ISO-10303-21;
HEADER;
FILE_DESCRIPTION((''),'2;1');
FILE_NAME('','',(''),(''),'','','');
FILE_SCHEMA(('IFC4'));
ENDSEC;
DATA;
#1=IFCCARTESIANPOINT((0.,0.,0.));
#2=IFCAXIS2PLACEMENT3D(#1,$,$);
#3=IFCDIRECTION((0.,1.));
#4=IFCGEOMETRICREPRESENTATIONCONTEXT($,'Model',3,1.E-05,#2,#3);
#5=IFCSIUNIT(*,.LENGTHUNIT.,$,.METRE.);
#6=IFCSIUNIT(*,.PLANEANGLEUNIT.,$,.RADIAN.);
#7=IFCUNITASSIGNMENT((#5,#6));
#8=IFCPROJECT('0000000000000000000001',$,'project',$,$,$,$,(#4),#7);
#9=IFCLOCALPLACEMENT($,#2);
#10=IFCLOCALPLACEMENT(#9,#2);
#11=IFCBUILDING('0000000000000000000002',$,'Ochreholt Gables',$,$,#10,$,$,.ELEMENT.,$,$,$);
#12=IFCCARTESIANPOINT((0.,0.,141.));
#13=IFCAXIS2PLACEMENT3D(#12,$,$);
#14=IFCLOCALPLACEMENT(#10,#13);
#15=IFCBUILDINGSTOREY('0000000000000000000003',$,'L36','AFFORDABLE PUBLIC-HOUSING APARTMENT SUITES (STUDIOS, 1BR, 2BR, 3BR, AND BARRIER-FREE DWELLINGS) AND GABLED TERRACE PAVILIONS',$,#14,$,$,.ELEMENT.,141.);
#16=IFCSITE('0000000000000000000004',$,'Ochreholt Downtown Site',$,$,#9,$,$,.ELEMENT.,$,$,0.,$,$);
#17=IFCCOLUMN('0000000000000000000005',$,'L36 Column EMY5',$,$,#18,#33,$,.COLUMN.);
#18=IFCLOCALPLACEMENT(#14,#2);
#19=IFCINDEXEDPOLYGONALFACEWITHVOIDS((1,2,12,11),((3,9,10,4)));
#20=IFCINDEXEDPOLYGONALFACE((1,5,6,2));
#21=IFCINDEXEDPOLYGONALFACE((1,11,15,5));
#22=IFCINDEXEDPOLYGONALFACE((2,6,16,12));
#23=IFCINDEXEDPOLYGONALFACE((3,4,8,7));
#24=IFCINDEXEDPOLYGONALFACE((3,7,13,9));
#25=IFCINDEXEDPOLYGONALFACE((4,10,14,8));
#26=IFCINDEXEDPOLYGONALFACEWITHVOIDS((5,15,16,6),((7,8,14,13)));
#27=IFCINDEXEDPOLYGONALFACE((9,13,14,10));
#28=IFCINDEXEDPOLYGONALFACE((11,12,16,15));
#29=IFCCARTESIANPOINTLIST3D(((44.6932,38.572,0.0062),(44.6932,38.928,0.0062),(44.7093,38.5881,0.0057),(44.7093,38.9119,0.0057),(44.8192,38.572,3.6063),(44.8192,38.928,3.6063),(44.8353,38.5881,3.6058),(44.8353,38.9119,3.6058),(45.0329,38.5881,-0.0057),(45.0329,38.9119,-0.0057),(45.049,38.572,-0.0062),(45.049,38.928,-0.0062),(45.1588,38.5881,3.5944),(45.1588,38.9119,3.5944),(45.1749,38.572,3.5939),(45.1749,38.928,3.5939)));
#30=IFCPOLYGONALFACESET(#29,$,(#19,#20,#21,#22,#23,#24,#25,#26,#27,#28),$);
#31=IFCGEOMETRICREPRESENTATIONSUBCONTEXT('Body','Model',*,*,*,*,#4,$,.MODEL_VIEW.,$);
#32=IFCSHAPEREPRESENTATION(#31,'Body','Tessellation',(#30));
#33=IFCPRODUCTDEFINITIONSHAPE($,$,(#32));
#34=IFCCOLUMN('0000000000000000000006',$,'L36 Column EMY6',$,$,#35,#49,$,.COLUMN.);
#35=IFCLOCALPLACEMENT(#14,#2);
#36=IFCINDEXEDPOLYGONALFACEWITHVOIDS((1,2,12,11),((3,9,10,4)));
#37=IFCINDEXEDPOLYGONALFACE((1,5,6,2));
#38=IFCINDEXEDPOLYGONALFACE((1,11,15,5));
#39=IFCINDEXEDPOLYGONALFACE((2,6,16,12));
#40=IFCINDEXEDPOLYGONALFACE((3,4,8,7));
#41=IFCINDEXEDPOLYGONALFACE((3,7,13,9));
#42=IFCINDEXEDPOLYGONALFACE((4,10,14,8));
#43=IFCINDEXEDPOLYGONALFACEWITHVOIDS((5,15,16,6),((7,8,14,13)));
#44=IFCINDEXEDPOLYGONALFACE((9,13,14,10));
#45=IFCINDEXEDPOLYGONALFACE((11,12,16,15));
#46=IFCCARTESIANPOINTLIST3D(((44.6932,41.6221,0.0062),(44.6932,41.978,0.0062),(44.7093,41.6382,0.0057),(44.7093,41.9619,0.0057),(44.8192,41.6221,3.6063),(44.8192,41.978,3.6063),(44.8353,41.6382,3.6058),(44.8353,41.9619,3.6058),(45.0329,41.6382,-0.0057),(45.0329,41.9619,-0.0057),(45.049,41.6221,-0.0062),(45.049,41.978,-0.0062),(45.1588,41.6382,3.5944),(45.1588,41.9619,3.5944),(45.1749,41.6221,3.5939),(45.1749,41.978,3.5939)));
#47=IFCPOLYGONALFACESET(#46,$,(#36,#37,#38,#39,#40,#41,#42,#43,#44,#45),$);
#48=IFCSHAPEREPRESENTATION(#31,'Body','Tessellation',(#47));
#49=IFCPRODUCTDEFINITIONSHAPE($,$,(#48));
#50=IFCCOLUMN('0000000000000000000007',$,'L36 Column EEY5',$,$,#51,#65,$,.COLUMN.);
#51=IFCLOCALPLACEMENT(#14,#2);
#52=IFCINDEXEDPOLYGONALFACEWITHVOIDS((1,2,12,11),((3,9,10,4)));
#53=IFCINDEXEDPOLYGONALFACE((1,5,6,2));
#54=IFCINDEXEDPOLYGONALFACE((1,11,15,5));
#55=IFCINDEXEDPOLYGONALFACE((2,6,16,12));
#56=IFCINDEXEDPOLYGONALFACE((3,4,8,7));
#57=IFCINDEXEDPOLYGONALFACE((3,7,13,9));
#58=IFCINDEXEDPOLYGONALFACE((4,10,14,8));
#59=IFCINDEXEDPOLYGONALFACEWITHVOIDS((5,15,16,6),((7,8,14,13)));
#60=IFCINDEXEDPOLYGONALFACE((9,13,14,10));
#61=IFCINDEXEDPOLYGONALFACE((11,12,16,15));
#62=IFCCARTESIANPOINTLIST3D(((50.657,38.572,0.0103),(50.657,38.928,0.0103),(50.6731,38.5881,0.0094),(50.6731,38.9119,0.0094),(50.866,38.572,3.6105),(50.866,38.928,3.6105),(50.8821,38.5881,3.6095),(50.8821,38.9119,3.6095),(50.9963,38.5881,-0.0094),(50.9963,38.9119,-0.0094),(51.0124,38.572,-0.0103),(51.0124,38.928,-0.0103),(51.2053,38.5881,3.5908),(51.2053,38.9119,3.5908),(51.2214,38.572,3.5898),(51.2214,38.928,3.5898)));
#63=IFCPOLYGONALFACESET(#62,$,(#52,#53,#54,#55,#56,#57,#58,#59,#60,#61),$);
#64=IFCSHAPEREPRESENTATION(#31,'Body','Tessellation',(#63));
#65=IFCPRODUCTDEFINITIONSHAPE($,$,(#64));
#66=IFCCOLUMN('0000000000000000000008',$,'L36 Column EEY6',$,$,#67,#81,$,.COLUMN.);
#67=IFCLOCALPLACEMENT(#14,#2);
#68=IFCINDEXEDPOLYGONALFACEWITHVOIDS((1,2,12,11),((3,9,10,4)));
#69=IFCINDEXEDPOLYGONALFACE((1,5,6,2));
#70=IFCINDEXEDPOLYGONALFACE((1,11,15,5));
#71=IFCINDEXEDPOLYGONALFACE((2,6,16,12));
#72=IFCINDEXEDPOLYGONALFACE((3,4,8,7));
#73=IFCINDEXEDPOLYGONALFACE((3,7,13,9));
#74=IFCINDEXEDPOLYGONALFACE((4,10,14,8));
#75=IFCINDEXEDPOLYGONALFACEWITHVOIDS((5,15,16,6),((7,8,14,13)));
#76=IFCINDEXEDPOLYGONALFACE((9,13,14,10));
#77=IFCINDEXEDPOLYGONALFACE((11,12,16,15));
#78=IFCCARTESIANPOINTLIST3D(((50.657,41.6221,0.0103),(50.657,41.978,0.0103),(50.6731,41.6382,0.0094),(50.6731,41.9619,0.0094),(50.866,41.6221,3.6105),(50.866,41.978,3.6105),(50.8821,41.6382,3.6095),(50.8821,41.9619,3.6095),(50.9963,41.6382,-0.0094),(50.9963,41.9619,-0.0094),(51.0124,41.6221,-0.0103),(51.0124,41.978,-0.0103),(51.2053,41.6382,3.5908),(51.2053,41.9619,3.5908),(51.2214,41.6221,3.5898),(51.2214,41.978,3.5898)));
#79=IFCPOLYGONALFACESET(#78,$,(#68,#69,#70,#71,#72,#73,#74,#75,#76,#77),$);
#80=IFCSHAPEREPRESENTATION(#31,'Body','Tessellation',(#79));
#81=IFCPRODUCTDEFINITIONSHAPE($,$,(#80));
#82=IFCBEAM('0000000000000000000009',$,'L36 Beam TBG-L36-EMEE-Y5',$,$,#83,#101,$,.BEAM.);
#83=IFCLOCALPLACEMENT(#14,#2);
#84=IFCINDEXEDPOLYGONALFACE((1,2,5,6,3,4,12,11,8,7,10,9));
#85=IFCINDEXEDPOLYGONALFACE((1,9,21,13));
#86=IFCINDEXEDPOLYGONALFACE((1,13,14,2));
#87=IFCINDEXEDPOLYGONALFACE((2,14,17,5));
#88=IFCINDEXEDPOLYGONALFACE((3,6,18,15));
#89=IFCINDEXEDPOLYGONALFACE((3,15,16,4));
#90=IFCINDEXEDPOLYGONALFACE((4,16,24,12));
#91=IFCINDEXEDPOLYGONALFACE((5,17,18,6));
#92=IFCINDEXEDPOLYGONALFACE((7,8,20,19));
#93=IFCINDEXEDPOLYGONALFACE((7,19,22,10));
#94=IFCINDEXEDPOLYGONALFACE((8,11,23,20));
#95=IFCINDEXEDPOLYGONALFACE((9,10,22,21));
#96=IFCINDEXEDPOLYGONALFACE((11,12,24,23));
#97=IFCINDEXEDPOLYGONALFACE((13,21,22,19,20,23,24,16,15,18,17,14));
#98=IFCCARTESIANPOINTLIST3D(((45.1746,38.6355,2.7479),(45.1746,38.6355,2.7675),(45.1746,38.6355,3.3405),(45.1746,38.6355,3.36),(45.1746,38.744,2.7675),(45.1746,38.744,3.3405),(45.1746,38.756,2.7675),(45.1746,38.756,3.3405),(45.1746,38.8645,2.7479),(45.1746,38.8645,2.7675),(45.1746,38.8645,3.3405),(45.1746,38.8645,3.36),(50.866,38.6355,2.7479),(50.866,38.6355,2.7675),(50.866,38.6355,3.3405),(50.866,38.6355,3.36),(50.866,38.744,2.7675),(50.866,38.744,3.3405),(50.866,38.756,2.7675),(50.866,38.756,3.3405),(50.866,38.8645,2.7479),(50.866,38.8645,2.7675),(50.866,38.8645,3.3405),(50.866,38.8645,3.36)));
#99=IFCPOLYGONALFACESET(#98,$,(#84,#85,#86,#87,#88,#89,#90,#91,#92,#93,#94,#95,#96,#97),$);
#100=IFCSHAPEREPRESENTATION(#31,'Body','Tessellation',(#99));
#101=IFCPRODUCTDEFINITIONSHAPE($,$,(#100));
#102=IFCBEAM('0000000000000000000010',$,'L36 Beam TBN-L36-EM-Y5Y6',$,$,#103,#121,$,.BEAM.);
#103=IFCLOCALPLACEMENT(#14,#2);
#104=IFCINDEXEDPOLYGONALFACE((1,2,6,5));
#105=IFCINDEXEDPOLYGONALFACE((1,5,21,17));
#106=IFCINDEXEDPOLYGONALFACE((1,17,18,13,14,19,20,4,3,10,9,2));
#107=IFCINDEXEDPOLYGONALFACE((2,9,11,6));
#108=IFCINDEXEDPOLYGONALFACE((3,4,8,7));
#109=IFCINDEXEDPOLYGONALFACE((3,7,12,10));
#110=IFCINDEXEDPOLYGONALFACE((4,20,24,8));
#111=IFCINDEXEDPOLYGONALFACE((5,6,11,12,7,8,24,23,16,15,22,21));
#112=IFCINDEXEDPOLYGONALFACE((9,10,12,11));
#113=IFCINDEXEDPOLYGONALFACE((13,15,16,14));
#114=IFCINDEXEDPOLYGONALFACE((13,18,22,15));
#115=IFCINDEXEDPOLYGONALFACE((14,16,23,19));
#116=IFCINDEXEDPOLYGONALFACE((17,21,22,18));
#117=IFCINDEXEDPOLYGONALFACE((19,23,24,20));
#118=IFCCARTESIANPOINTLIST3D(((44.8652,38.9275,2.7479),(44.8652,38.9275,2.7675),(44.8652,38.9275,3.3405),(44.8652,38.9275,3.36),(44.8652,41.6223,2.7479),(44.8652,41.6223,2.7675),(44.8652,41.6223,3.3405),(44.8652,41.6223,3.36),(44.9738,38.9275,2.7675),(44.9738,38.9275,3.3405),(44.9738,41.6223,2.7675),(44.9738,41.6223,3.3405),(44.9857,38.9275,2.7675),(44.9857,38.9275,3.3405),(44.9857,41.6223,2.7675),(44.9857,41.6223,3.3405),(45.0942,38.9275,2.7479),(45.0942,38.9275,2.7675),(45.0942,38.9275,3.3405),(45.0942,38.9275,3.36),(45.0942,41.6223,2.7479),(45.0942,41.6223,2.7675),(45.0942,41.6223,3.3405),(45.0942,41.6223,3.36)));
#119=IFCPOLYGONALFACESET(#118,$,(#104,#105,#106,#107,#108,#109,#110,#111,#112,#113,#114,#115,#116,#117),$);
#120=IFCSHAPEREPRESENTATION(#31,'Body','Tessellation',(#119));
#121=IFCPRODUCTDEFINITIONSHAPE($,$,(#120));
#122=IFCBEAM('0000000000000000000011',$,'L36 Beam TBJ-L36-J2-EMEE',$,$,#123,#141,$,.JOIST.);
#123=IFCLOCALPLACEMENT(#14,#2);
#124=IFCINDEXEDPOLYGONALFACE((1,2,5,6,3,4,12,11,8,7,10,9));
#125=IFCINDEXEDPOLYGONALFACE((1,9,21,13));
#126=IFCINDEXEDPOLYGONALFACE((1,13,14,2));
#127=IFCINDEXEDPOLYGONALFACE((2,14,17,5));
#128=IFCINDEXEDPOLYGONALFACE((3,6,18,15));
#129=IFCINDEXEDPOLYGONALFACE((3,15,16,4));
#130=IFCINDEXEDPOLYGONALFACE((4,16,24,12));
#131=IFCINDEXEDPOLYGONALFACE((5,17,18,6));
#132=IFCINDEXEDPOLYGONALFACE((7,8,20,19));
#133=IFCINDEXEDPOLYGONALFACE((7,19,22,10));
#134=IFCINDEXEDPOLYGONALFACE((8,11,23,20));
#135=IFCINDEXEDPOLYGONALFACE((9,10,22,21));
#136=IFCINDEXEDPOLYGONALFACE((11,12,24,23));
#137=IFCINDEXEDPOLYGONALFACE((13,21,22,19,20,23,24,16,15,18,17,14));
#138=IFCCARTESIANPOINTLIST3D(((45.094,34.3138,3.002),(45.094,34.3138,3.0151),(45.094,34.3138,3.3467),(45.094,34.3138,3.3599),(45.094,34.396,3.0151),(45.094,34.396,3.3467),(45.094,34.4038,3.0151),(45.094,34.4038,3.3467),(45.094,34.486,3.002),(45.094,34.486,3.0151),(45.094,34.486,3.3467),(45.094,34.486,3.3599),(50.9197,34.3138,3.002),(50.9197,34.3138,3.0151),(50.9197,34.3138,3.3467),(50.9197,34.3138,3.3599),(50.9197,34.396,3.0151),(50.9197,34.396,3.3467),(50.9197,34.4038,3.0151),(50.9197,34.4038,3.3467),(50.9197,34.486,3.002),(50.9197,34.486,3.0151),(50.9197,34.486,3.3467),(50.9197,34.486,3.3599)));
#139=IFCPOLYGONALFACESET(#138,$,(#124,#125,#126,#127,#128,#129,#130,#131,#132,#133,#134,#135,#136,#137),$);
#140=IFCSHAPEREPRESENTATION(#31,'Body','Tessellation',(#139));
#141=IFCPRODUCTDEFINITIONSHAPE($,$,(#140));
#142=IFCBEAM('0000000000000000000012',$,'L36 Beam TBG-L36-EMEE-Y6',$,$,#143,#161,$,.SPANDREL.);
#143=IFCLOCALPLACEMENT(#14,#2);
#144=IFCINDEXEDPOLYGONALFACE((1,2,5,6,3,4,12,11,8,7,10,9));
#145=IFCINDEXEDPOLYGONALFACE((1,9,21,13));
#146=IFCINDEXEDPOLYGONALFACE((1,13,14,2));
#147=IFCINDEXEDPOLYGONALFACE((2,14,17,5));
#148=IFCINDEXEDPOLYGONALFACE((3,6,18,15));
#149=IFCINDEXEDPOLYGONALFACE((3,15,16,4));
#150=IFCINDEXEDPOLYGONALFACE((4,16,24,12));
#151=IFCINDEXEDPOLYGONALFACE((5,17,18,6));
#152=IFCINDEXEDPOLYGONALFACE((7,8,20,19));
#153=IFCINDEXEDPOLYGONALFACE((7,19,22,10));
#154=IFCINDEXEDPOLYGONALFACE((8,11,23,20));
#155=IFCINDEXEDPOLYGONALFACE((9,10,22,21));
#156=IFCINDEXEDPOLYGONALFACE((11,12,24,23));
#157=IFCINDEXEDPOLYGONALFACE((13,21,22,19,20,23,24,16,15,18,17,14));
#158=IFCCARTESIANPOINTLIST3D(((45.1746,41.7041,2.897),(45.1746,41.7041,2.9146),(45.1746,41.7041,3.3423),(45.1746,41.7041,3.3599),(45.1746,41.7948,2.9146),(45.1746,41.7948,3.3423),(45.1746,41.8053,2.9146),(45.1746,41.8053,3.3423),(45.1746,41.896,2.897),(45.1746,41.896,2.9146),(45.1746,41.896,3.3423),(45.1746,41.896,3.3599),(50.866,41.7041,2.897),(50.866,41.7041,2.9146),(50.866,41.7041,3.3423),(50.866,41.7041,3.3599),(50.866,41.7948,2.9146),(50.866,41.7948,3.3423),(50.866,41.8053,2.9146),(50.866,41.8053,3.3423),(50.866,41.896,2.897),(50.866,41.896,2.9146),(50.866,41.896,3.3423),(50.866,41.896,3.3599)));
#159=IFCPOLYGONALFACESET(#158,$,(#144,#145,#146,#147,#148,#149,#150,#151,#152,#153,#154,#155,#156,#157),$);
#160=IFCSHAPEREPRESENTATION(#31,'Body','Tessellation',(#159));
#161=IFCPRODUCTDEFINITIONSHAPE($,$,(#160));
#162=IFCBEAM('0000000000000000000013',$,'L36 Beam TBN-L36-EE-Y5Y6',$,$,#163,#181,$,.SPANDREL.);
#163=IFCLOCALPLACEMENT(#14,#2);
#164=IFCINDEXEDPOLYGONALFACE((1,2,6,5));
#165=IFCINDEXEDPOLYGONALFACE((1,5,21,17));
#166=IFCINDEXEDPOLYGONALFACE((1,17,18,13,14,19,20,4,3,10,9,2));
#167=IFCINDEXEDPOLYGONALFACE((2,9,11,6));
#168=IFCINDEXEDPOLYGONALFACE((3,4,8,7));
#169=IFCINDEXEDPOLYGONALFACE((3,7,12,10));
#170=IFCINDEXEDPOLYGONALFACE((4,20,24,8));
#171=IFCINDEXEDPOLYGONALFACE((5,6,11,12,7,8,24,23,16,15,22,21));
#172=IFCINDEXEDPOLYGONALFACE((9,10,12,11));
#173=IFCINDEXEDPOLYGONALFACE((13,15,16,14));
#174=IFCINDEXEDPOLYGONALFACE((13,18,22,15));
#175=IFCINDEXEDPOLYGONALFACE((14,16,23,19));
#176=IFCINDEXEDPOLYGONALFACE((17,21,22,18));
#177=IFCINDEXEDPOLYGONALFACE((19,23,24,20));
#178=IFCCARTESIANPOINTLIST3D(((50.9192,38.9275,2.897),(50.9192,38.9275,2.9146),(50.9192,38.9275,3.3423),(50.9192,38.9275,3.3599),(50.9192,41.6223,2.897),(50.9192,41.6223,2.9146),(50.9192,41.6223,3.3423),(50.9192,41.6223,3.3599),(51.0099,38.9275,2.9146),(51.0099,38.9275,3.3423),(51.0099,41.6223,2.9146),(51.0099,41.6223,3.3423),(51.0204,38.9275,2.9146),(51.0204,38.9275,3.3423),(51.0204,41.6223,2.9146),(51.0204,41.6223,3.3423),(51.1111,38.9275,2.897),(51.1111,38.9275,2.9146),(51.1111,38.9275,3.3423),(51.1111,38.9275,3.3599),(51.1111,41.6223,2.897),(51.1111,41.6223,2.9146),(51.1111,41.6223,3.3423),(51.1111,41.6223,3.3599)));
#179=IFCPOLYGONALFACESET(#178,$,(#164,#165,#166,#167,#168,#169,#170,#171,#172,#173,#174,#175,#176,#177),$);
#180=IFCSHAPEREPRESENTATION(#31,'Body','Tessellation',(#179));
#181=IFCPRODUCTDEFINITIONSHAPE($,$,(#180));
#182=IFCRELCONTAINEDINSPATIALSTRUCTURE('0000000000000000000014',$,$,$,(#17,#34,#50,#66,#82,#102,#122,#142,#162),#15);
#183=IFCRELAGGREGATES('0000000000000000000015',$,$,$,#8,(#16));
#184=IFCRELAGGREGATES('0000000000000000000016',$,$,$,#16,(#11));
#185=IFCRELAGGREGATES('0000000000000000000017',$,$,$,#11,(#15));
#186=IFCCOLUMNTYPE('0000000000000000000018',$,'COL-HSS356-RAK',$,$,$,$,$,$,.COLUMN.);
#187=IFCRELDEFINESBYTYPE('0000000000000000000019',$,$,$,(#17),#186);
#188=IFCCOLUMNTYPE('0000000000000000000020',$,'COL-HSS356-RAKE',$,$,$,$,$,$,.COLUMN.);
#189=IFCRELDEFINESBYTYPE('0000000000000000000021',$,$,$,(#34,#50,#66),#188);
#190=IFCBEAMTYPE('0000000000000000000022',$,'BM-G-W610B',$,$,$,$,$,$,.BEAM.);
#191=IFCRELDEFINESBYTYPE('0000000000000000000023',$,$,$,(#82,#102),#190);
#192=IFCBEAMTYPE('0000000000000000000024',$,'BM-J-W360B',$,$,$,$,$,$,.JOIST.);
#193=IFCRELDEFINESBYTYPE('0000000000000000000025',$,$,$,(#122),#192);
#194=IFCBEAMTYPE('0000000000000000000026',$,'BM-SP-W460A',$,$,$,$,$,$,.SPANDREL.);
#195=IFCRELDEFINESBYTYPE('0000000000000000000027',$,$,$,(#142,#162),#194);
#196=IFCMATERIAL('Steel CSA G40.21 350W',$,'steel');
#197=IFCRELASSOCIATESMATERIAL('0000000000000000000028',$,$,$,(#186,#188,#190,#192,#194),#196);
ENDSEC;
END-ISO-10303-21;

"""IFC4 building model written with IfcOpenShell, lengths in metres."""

from ifc_helpers import new_model, si_unit, direction, frame, origin, origin_2d, place, context, subcontext, project, spatial, hollow_rectangle, i_section, extrude, material, material_profile, profile_set, type_object, element, save


model = new_model("IFC4")

# Units and contexts
model_context = context("Model", 3, precision=1e-05, world=origin(), true_north=direction((0.0, 1.0)))
body_context = subcontext(model_context, "Body", "Model", "MODEL_VIEW")
ifc_project = project(units=[si_unit("LENGTHUNIT", "METRE"), si_unit("PLANEANGLEUNIT", "RADIAN")], contexts=[model_context])

# Site, building, storey
site_placement = place(None, origin())
site = spatial("IfcSite", under=ifc_project, at=site_placement, Name="Ochreholt Downtown Site", CompositionType="ELEMENT", RefElevation=0.0)
building_placement = place(site_placement, origin())
building = spatial("IfcBuilding", under=site, at=building_placement, Name="Ochreholt Gables", CompositionType="ELEMENT")
storey_placement = place(building_placement, frame((0.0, 0.0, 141.0)))
storey = spatial("IfcBuildingStorey", under=building, at=storey_placement, Name="L36", Description="AFFORDABLE PUBLIC-HOUSING APARTMENT SUITES (STUDIOS, 1BR, 2BR, 3BR, AND BARRIER-FREE DWELLINGS) AND GABLED TERRACE PAVILIONS", CompositionType="ELEMENT", Elevation=141.0)

# Columns
ifc_material_1 = material(Name="Steel CSA G40.21 350W", Category="steel")
ifc_material_profile_1 = material_profile(ifc_material_1, hollow_rectangle(XDim=0.356, YDim=0.356, WallThickness=0.0161, at=origin_2d()), Name="HSS356X356X16")
ifc_profile_set_1 = profile_set([ifc_material_profile_1], Name="Steel CSA G40.21 350W")
column_type_1 = type_object("IfcColumnType", Name="COL-HSS356-RAK", PredefinedType="COLUMN", material=ifc_profile_set_1)
column_1_placement = place(storey_placement, frame((44.8711, 38.75, 0.0), z_axis=(0.034971, 0.0, 0.999388), x_axis=(0.0, 1.0, 0.0)))
element("IfcColumn", 1, at=column_1_placement, inside=storey, type_object=column_type_1, Name="L36 Column EMY5", PredefinedType="COLUMN", context=body_context, shape_type="SweptSolid", body=[
    extrude(hollow_rectangle(XDim=0.356, YDim=0.356, WallThickness=0.0161, at=origin_2d()), origin(), (0.0, 0.0, 1.0), 3.6023),
])
ifc_material_profile_2 = material_profile(ifc_material_1, hollow_rectangle(XDim=0.356, YDim=0.356, WallThickness=0.0161, at=origin_2d()), Name="HSS356X356X16")
ifc_profile_set_2 = profile_set([ifc_material_profile_2], Name="Steel CSA G40.21 350W")
column_type_2 = type_object("IfcColumnType", Name="COL-HSS356-RAKE", PredefinedType="COLUMN", material=ifc_profile_set_2)
column_2_placement = place(storey_placement, frame((44.8711, 41.8, 0.0), z_axis=(0.034971, 0.0, 0.999388), x_axis=(0.0, 1.0, 0.0)))
element("IfcColumn", 2, at=column_2_placement, inside=storey, type_object=column_type_2, Name="L36 Column EMY6", PredefinedType="COLUMN", context=body_context, shape_type="SweptSolid", body=[
    extrude(hollow_rectangle(XDim=0.356, YDim=0.356, WallThickness=0.0161, at=origin_2d()), origin(), (0.0, 0.0, 1.0), 3.6023),
])
for number, where, z_axis, x_axis, name in (
    (3, (50.8347, 38.75, 0.0), (0.057952, 0.0, 0.998319), (0.0, 1.0, 0.0), "L36 Column EEY5"),
    (4, (50.8347, 41.8, 0.0), (0.057952, 0.0, 0.998319), (0.0, 1.0, 0.0), "L36 Column EEY6"),
):
    element("IfcColumn", number, at=place(storey_placement, frame(where, z_axis=z_axis, x_axis=x_axis)), inside=storey, type_object=column_type_2, Name=name, PredefinedType="COLUMN", context=body_context, shape_type="SweptSolid", body=[
        extrude(hollow_rectangle(XDim=0.356, YDim=0.356, WallThickness=0.0161, at=origin_2d()), origin(), (0.0, 0.0, 1.0), 3.6062),
    ])

# Beams
ifc_material_profile_3 = material_profile(ifc_material_1, i_section(OverallWidth=0.229, OverallDepth=0.6121, WebThickness=0.012, FlangeThickness=0.0195, at=origin_2d()), Name="W610X125")
ifc_profile_set_3 = profile_set([ifc_material_profile_3], Name="Steel CSA G40.21 350W")
beam_type_1 = type_object("IfcBeamType", Name="BM-G-W610B", PredefinedType="BEAM", material=ifc_profile_set_3)
beam_1_placement = place(storey_placement, frame((45.1746, 38.75, 3.054), z_axis=(1.0, 0.0, 0.0), x_axis=(0.0, 1.0, 0.0)))
element("IfcBeam", 5, at=beam_1_placement, inside=storey, type_object=beam_type_1, Name="L36 Beam TBG-L36-EMEE-Y5", PredefinedType="BEAM", context=body_context, shape_type="SweptSolid", body=[
    extrude(i_section(OverallWidth=0.229, OverallDepth=0.6121, WebThickness=0.012, FlangeThickness=0.0195, at=origin_2d()), origin(), (0.0, 0.0, 1.0), 5.6914),
])
beam_2_placement = place(storey_placement, frame((44.9797, 38.9275, 3.054), z_axis=(0.0, 1.0, 0.0), x_axis=(-1.0, 0.0, 0.0)))
element("IfcBeam", 6, at=beam_2_placement, inside=storey, type_object=beam_type_1, Name="L36 Beam TBN-L36-EM-Y5Y6", PredefinedType="BEAM", context=body_context, shape_type="SweptSolid", body=[
    extrude(i_section(OverallWidth=0.229, OverallDepth=0.6121, WebThickness=0.012, FlangeThickness=0.0195, at=origin_2d()), origin(), (0.0, 0.0, 1.0), 2.6948),
])
ifc_material_profile_4 = material_profile(ifc_material_1, i_section(OverallWidth=0.1721, OverallDepth=0.3579, WebThickness=0.0078, FlangeThickness=0.0132, at=origin_2d()), Name="W360X57")
ifc_profile_set_4 = profile_set([ifc_material_profile_4], Name="Steel CSA G40.21 350W")
beam_type_2 = type_object("IfcBeamType", Name="BM-J-W360B", PredefinedType="JOIST", material=ifc_profile_set_4)
beam_3_placement = place(storey_placement, frame((45.094, 34.3999, 3.1809), z_axis=(1.0, 0.0, 0.0), x_axis=(0.0, 1.0, 0.0)))
element("IfcBeam", 7, at=beam_3_placement, inside=storey, type_object=beam_type_2, Name="L36 Beam TBJ-L36-J2-EMEE", PredefinedType="JOIST", context=body_context, shape_type="SweptSolid", body=[
    extrude(i_section(OverallWidth=0.1721, OverallDepth=0.3579, WebThickness=0.0078, FlangeThickness=0.0132, at=origin_2d()), origin(), (0.0, 0.0, 1.0), 5.8257),
])
ifc_material_profile_5 = material_profile(ifc_material_1, i_section(OverallWidth=0.1919, OverallDepth=0.4629, WebThickness=0.0105, FlangeThickness=0.0176, at=origin_2d()), Name="W460X89")
ifc_profile_set_5 = profile_set([ifc_material_profile_5], Name="Steel CSA G40.21 350W")
beam_type_3 = type_object("IfcBeamType", Name="BM-SP-W460A", PredefinedType="SPANDREL", material=ifc_profile_set_5)
beam_4_placement = place(storey_placement, frame((45.1746, 41.8, 3.1284), z_axis=(1.0, 0.0, 0.0), x_axis=(0.0, 1.0, 0.0)))
element("IfcBeam", 8, at=beam_4_placement, inside=storey, type_object=beam_type_3, Name="L36 Beam TBG-L36-EMEE-Y6", PredefinedType="SPANDREL", context=body_context, shape_type="SweptSolid", body=[
    extrude(i_section(OverallWidth=0.1919, OverallDepth=0.4629, WebThickness=0.0105, FlangeThickness=0.0176, at=origin_2d()), origin(), (0.0, 0.0, 1.0), 5.6914),
])
beam_5_placement = place(storey_placement, frame((51.0151, 38.9275, 3.1284), z_axis=(0.0, 1.0, 0.0), x_axis=(-1.0, 0.0, 0.0)))
element("IfcBeam", 9, at=beam_5_placement, inside=storey, type_object=beam_type_3, Name="L36 Beam TBN-L36-EE-Y5Y6", PredefinedType="SPANDREL", context=body_context, shape_type="SweptSolid", body=[
    extrude(i_section(OverallWidth=0.1919, OverallDepth=0.4629, WebThickness=0.0105, FlangeThickness=0.0176, at=origin_2d()), origin(), (0.0, 0.0, 1.0), 2.6948),
])

save(model, "model.ifc")
